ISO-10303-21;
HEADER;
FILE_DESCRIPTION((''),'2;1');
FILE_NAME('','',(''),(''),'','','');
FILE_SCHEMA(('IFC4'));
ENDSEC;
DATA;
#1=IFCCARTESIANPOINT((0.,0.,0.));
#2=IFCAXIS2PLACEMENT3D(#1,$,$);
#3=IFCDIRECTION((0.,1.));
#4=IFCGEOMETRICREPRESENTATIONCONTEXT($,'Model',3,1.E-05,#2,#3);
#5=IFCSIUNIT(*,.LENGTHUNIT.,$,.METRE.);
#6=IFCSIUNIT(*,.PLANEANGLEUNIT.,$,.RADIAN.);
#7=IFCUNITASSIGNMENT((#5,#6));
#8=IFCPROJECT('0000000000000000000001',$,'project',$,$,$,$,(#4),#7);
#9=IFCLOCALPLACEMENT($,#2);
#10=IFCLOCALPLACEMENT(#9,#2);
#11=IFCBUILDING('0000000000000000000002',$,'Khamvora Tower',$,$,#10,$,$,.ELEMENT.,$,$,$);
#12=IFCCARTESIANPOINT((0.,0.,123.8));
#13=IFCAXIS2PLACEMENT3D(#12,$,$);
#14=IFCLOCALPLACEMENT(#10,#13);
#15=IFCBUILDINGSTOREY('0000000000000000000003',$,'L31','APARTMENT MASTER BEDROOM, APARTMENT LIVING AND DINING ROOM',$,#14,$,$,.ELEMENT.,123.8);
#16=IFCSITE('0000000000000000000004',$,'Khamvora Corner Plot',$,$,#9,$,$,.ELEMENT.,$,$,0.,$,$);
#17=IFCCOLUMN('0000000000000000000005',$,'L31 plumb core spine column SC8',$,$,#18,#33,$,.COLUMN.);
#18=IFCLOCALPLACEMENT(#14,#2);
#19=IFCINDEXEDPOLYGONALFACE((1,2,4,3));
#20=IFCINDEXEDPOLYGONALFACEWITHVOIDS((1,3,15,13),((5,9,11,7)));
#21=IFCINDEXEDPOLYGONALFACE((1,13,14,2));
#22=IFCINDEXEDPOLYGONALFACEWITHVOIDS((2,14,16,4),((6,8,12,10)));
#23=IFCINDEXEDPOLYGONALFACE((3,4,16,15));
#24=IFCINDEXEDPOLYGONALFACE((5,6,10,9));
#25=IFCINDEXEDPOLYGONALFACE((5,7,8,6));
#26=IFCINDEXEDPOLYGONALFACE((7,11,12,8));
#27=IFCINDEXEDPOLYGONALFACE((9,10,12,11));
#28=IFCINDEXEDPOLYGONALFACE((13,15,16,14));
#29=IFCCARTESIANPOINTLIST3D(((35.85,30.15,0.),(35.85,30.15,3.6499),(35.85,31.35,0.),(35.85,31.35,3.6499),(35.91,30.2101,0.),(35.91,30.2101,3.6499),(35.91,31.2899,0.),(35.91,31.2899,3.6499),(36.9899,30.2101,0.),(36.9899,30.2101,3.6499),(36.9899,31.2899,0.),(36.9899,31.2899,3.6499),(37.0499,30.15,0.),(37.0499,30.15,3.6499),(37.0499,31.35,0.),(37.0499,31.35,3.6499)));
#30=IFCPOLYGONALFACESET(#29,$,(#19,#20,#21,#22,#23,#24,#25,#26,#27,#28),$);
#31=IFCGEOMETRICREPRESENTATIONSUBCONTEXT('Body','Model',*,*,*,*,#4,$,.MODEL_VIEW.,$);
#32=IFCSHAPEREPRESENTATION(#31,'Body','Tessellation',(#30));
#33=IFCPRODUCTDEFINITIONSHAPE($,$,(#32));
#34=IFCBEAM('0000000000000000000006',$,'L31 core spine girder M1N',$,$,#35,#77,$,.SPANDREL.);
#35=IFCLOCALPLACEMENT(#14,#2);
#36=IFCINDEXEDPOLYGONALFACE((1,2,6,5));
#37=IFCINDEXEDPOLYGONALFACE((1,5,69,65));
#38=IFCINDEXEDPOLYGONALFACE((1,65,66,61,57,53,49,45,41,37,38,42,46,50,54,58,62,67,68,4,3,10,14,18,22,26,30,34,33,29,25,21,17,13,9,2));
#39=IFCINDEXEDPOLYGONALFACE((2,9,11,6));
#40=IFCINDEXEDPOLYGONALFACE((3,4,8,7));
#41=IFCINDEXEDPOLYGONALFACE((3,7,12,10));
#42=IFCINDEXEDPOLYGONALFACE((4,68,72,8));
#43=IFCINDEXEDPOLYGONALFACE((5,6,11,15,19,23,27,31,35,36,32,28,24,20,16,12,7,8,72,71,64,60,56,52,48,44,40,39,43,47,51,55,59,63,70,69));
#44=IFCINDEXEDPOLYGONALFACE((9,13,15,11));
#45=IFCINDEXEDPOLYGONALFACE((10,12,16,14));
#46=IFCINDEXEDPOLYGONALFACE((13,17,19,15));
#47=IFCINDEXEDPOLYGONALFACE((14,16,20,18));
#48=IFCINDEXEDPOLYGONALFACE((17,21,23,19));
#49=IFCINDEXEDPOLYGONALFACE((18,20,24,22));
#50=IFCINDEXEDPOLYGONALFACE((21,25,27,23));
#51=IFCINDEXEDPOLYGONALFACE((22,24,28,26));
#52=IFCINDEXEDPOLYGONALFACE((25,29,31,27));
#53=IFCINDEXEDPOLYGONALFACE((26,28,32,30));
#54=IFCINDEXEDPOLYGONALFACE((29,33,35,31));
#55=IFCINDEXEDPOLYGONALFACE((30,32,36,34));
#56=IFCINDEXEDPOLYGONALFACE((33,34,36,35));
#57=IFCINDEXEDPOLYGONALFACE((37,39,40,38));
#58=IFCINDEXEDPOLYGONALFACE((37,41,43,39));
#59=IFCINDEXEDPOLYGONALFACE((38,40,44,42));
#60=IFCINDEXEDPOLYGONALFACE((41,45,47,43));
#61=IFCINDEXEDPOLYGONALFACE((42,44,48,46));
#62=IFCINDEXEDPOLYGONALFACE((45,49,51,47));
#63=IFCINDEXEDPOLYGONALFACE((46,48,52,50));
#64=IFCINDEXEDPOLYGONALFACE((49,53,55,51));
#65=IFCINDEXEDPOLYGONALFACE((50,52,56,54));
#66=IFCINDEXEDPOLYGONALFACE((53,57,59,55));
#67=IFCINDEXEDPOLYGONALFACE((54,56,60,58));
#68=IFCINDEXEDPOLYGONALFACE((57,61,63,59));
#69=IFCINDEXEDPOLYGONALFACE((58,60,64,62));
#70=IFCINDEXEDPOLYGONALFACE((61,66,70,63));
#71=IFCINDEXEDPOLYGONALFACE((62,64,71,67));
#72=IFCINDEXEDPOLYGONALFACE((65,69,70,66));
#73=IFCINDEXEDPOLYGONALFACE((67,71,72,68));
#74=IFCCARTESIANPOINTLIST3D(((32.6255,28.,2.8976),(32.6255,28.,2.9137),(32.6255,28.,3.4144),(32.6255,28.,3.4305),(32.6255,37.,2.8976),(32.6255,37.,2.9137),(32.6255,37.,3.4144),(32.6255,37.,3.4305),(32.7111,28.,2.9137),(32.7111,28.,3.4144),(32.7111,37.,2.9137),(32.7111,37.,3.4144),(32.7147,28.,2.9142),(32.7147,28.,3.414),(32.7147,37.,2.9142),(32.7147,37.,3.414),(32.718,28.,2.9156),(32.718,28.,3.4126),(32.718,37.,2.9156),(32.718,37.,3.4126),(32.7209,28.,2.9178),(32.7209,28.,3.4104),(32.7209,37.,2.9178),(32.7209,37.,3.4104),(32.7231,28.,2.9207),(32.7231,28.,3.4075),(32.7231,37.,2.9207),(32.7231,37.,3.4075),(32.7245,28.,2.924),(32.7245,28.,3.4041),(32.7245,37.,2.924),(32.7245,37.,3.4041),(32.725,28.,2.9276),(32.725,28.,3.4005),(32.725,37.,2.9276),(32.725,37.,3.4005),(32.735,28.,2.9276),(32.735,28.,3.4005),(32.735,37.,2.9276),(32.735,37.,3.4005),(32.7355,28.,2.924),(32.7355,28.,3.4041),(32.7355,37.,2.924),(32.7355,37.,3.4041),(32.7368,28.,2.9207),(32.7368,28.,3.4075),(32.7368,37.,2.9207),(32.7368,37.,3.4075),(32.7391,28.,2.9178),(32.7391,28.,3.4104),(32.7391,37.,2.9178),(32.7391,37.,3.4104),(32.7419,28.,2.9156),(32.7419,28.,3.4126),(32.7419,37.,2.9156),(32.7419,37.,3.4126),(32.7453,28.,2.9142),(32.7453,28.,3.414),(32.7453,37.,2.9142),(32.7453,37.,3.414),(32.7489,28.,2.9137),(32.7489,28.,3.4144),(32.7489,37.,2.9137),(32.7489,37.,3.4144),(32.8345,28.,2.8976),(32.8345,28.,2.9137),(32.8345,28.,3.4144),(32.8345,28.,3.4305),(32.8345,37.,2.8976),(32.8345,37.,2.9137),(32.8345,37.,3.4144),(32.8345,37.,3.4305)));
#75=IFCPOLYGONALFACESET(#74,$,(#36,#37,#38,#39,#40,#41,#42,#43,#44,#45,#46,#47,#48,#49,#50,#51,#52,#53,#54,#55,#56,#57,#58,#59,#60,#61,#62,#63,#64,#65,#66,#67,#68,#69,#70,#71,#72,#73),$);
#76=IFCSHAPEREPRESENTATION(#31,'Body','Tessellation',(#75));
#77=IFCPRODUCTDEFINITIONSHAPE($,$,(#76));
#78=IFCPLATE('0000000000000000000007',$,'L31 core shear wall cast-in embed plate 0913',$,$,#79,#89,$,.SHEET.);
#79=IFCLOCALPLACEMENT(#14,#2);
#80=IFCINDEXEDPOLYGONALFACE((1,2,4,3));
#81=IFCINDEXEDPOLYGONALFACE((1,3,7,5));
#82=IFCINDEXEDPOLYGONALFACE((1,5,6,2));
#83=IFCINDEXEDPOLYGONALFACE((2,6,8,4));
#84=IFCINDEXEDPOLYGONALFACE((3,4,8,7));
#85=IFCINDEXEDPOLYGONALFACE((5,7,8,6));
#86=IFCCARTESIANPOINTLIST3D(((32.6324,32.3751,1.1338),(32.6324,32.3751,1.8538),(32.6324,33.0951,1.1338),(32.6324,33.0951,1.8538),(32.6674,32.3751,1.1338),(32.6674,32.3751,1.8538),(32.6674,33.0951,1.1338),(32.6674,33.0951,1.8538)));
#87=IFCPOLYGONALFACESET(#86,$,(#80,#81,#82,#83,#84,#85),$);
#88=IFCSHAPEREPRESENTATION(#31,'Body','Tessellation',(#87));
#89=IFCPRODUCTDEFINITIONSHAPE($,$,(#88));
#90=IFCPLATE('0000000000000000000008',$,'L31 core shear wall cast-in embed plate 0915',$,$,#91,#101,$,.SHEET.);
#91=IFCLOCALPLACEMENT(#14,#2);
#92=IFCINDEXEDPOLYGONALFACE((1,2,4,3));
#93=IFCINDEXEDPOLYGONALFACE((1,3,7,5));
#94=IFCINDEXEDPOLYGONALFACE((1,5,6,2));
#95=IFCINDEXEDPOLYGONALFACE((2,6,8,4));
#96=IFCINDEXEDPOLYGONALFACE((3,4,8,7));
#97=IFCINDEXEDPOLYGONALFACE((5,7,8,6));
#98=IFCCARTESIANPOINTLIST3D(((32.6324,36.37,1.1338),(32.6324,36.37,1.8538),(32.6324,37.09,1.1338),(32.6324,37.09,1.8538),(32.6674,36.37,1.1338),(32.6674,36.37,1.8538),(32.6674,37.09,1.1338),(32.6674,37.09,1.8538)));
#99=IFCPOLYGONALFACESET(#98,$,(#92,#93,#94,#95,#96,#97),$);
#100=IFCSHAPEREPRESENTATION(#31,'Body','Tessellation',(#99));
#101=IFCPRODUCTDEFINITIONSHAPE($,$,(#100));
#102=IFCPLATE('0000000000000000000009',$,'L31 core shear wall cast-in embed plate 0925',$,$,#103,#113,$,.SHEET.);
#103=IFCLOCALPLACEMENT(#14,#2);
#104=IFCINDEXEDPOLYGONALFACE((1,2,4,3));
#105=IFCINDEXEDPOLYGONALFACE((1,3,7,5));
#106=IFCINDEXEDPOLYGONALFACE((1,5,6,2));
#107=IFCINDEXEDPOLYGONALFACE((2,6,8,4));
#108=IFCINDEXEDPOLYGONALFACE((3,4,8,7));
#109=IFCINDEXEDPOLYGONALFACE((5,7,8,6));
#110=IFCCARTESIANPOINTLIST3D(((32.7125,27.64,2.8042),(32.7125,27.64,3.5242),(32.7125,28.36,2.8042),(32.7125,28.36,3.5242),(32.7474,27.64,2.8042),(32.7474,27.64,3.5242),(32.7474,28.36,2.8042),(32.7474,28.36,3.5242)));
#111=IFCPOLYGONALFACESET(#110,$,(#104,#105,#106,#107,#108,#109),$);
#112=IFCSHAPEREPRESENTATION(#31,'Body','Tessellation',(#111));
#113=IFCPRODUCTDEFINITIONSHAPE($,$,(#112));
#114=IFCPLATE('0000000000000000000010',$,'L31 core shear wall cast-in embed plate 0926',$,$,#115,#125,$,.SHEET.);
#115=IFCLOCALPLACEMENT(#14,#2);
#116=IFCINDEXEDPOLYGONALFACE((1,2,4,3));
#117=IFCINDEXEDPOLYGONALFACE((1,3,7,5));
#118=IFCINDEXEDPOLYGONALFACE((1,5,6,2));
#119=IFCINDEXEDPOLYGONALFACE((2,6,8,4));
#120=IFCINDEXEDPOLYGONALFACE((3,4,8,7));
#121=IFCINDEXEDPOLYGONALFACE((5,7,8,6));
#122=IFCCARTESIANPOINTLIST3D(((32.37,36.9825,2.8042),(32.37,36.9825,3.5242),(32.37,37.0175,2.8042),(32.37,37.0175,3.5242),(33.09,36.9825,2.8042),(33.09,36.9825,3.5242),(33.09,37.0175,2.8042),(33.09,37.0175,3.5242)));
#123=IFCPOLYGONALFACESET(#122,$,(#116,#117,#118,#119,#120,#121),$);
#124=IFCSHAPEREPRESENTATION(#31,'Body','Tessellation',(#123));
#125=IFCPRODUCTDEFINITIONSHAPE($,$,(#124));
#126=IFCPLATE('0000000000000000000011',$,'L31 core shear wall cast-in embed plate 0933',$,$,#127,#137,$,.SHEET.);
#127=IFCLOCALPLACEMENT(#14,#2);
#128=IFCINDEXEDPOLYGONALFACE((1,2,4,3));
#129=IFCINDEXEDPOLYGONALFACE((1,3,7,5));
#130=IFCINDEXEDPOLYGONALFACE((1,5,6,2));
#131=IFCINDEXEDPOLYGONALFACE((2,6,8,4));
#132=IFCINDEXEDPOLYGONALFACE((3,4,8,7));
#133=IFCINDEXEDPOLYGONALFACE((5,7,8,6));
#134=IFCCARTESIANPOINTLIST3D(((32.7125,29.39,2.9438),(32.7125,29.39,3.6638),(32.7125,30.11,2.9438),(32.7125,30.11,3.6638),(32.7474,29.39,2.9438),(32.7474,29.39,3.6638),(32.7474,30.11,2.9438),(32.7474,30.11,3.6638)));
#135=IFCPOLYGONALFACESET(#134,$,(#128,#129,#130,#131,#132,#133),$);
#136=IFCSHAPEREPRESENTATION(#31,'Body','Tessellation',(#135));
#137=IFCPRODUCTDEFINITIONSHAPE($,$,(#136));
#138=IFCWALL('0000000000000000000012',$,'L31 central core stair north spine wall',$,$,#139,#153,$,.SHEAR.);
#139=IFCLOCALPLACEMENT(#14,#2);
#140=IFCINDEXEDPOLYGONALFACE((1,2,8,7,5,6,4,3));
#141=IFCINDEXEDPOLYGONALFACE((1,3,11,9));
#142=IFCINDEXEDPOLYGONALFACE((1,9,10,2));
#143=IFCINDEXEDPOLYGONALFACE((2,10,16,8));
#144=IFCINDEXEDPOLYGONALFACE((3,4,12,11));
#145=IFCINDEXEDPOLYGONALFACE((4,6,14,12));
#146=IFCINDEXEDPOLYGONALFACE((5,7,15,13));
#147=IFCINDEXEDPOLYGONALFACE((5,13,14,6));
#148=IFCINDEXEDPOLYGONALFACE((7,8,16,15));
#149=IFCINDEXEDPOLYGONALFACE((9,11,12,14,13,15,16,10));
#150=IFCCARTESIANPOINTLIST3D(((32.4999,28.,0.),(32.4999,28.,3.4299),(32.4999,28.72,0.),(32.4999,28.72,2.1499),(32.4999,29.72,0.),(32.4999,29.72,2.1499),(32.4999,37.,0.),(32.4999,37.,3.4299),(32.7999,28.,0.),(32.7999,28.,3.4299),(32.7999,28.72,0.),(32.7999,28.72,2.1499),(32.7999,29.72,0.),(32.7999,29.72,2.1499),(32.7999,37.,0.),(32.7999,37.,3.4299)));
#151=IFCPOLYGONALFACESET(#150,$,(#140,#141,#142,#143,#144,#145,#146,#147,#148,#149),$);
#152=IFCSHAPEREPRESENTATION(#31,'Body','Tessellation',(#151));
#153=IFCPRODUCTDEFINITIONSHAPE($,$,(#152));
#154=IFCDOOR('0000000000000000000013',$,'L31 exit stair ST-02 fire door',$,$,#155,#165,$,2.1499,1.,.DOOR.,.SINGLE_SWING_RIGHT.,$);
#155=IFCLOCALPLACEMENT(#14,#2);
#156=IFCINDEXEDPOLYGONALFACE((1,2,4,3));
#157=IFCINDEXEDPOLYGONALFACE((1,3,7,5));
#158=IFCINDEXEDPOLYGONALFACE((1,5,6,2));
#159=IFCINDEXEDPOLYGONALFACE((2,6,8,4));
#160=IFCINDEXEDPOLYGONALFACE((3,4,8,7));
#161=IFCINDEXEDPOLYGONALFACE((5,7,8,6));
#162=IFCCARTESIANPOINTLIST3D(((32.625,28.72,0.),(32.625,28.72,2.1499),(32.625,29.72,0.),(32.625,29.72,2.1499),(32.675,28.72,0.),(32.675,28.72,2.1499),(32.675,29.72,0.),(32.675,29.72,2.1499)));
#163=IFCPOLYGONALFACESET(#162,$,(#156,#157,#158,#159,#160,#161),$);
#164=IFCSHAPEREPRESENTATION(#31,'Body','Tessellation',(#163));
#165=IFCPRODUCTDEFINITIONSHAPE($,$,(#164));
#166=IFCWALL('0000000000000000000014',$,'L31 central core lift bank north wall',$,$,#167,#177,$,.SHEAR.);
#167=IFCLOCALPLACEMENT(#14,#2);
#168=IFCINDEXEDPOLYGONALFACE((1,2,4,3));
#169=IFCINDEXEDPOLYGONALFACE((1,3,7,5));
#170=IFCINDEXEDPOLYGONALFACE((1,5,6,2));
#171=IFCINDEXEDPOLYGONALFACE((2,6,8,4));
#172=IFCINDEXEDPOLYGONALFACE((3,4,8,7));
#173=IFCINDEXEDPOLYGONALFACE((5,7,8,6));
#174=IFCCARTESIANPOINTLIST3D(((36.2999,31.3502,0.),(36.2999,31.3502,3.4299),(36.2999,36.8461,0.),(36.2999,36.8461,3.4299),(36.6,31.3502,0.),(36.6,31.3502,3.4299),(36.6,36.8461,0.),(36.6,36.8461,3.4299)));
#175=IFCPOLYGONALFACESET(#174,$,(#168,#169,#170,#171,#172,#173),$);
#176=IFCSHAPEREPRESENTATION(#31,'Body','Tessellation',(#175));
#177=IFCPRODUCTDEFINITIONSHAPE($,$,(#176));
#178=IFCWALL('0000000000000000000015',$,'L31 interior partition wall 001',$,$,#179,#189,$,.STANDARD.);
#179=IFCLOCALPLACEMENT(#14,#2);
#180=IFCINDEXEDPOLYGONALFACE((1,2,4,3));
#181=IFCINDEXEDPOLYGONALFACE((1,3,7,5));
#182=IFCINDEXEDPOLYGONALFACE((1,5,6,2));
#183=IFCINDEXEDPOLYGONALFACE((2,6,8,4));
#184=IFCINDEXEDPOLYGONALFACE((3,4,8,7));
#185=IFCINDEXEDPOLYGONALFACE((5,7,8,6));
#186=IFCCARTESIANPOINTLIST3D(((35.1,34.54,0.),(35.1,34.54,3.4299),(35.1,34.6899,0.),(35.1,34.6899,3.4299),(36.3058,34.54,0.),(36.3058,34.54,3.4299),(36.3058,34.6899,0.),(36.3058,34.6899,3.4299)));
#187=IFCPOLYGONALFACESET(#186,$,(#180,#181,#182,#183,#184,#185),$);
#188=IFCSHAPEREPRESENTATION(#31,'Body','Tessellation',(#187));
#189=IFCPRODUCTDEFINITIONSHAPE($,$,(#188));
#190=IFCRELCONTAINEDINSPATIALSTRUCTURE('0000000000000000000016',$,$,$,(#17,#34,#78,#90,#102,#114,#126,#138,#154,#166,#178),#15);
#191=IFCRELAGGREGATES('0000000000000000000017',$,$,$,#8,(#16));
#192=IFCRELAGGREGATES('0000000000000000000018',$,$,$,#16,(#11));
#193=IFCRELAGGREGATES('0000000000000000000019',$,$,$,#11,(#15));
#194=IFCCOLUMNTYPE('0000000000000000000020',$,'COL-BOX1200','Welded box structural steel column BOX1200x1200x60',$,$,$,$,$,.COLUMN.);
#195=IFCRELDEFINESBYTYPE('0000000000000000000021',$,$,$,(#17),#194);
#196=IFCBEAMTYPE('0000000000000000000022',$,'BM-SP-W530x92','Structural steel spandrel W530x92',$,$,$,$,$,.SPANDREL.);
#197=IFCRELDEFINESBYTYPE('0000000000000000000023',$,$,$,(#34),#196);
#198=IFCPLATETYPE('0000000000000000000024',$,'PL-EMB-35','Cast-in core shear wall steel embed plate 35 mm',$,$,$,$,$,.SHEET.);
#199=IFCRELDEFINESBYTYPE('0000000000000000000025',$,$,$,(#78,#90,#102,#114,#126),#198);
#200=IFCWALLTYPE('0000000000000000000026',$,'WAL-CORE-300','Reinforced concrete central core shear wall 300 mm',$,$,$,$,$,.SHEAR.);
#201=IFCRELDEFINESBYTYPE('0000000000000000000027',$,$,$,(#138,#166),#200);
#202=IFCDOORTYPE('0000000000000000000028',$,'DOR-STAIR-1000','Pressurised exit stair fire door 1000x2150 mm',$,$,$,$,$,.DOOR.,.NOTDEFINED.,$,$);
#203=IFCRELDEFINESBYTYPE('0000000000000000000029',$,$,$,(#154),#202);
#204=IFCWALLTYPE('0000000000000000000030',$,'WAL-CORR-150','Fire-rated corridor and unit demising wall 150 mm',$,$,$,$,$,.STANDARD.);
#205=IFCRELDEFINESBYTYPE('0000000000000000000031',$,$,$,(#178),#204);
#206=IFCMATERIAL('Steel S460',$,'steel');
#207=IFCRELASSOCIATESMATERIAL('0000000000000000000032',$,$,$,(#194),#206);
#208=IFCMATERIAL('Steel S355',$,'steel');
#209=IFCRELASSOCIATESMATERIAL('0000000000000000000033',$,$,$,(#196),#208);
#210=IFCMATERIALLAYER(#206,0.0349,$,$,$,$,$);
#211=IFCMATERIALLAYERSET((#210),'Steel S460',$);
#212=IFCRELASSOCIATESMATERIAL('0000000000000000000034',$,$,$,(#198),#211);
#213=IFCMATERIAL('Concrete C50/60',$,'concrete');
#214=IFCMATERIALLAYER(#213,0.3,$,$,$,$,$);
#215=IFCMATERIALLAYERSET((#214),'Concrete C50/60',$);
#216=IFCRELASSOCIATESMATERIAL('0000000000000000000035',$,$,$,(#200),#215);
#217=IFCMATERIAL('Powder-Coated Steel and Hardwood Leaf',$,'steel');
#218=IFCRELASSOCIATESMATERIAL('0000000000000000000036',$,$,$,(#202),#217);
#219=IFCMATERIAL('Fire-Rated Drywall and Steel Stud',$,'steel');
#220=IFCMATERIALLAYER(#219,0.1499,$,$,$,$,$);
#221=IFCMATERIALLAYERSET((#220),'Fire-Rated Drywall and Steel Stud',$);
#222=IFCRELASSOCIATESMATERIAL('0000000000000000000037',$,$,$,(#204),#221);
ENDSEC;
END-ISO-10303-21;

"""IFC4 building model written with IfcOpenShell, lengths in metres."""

from ifc_helpers import new_model, si_unit, direction, frame, frame_2d, origin, origin_2d, place, context, subcontext, project, spatial, rectangle, hollow_rectangle, i_section, extrude, material, layer, layer_set, material_profile, profile_set, type_object, element, fill, save


model = new_model("IFC4")

# Units and contexts
model_context = context("Model", 3, precision=1e-05, world=origin(), true_north=direction((0.0, 1.0)))
body_context = subcontext(model_context, "Body", "Model", "MODEL_VIEW")
ifc_project = project(units=[si_unit("LENGTHUNIT", "METRE"), si_unit("PLANEANGLEUNIT", "RADIAN")], contexts=[model_context])

# Site, building, storey
site_placement = place(None, origin())
site = spatial("IfcSite", under=ifc_project, at=site_placement, Name="Khamvora Corner Plot", CompositionType="ELEMENT", RefElevation=0.0)
building_placement = place(site_placement, origin())
building = spatial("IfcBuilding", under=site, at=building_placement, Name="Khamvora Tower", CompositionType="ELEMENT")
storey_placement = place(building_placement, frame((0.0, 0.0, 123.8)))
storey = spatial("IfcBuildingStorey", under=building, at=storey_placement, Name="L31", Description="APARTMENT MASTER BEDROOM, APARTMENT LIVING AND DINING ROOM", CompositionType="ELEMENT", Elevation=123.8)

# Column
ifc_material_1 = material(Name="Steel S460", Category="steel")
ifc_material_profile_1 = material_profile(ifc_material_1, hollow_rectangle(XDim=1.2, YDim=1.2, WallThickness=0.0601, at=origin_2d()), Name="BOX1200x1200x60")
ifc_profile_set_1 = profile_set([ifc_material_profile_1], Name="Steel S460")
column_type = type_object("IfcColumnType", Name="COL-BOX1200", Description="Welded box structural steel column BOX1200x1200x60", PredefinedType="COLUMN", material=ifc_profile_set_1)
column_placement = place(storey_placement, frame((36.45, 30.75, 0.0), z_axis=(0.0, 0.0, 1.0), x_axis=(1.0, 0.0, 0.0)))
element("IfcColumn", 1, at=column_placement, inside=storey, type_object=column_type, Name="L31 plumb core spine column SC8", PredefinedType="COLUMN", context=body_context, shape_type="SweptSolid", body=[
    extrude(hollow_rectangle(XDim=1.2, YDim=1.2, WallThickness=0.0601, at=origin_2d()), origin(), (0.0, 0.0, 1.0), 3.6499),
])

# Beam
ifc_material_2 = material(Name="Steel S355", Category="steel")
ifc_material_profile_2 = material_profile(ifc_material_2, i_section(OverallWidth=0.209, OverallDepth=0.533, WebThickness=0.01, FlangeThickness=0.0161, FilletRadius=0.0139, at=origin_2d()), Name="W530x92")
ifc_profile_set_2 = profile_set([ifc_material_profile_2], Name="Steel S355")
beam_type = type_object("IfcBeamType", Name="BM-SP-W530x92", Description="Structural steel spandrel W530x92", PredefinedType="SPANDREL", material=ifc_profile_set_2)
beam_placement = place(storey_placement, frame((32.73, 28.0, 3.1641), z_axis=(0.0, 1.0, 0.0), x_axis=(-1.0, 0.0, 0.0)))
element("IfcBeam", 2, at=beam_placement, inside=storey, type_object=beam_type, Name="L31 core spine girder M1N", PredefinedType="SPANDREL", context=body_context, shape_type="SweptSolid", body=[
    extrude(i_section(OverallWidth=0.209, OverallDepth=0.533, WebThickness=0.01, FlangeThickness=0.0161, FilletRadius=0.0139, at=origin_2d()), origin(), (0.0, 0.0, 1.0), 9.0),
])

# Plates
ifc_layer_1 = layer(ifc_material_1, 0.0349)
ifc_layer_set_1 = layer_set([ifc_layer_1], Name="Steel S460")
plate_type = type_object("IfcPlateType", Name="PL-EMB-35", Description="Cast-in core shear wall steel embed plate 35 mm", PredefinedType="SHEET", material=ifc_layer_set_1)
for number, where, z_axis, x_axis, name in (
    (3, (32.6499, 32.7351, 1.1338), (0.0, 0.0, 1.0), (1.0, 0.0, 0.0), "L31 core shear wall cast-in embed plate 0913"),
    (4, (32.6499, 36.73, 1.1338), (0.0, 0.0, 1.0), (1.0, 0.0, 0.0), "L31 core shear wall cast-in embed plate 0915"),
    (5, (32.73, 28.0, 2.8042), (0.0, 0.0, 1.0), (1.0, 0.0, 0.0), "L31 core shear wall cast-in embed plate 0925"),
):
    element("IfcPlate", number, at=place(storey_placement, frame(where, z_axis=z_axis, x_axis=x_axis)), inside=storey, type_object=plate_type, Name=name, PredefinedType="SHEET", context=body_context, shape_type="SweptSolid", body=[
        extrude(rectangle(XDim=0.0349, YDim=0.72, at=origin_2d()), origin(), (0.0, 0.0, 1.0), 0.72),
    ])
plate_1_placement = place(storey_placement, frame((32.73, 37.0, 2.8042), z_axis=(0.0, 0.0, 1.0), x_axis=(1.0, 0.0, 0.0)))
element("IfcPlate", 6, at=plate_1_placement, inside=storey, type_object=plate_type, Name="L31 core shear wall cast-in embed plate 0926", PredefinedType="SHEET", context=body_context, shape_type="SweptSolid", body=[
    extrude(rectangle(XDim=0.72, YDim=0.0349, at=origin_2d()), origin(), (0.0, 0.0, 1.0), 0.72),
])
plate_2_placement = place(storey_placement, frame((32.73, 29.75, 2.9438), z_axis=(0.0, 0.0, 1.0), x_axis=(1.0, 0.0, 0.0)))
element("IfcPlate", 7, at=plate_2_placement, inside=storey, type_object=plate_type, Name="L31 core shear wall cast-in embed plate 0933", PredefinedType="SHEET", context=body_context, shape_type="SweptSolid", body=[
    extrude(rectangle(XDim=0.0349, YDim=0.72, at=origin_2d()), origin(), (0.0, 0.0, 1.0), 0.72),
])

# Wall, opening, door
ifc_material_3 = material(Name="Concrete C50/60", Category="concrete")
ifc_layer_2 = layer(ifc_material_3, 0.3)
ifc_layer_set_2 = layer_set([ifc_layer_2], Name="Concrete C50/60")
wall_type_1 = type_object("IfcWallType", Name="WAL-CORE-300", Description="Reinforced concrete central core shear wall 300 mm", PredefinedType="SHEAR", material=ifc_layer_set_2)
wall_1_placement = place(storey_placement, frame((32.6499, 28.0, 0.0), z_axis=(0.0, 0.0, 1.0), x_axis=(0.0, 1.0, 0.0)))
wall_1 = element("IfcWall", 8, at=wall_1_placement, inside=storey, type_object=wall_type_1, Name="L31 central core stair north spine wall", PredefinedType="SHEAR", context=body_context, shape_type="SweptSolid", body=[
    extrude(rectangle(XDim=9.0, YDim=0.3, at=frame_2d((4.5, 0.0))), origin(), (0.0, 0.0, 1.0), 3.4299),
])
opening_1_placement = place(wall_1_placement, frame((0.72, 0.0, 0.0)))
opening_1 = element("IfcOpeningElement", 9, at=opening_1_placement, cuts=wall_1, PredefinedType="OPENING", context=body_context, shape_type="SweptSolid", body=[
    extrude(rectangle(XDim=1.0, YDim=2.1499, at=frame_2d((0.5, 1.075))), frame((0.0, 0.1599, 0.0), z_axis=(0.0, -1.0, 0.0), x_axis=(1.0, 0.0, 0.0)), (0.0, 0.0, 1.0), 0.3201),
])
ifc_material_4 = material(Name="Powder-Coated Steel and Hardwood Leaf", Category="steel")
door_type_1 = type_object("IfcDoorType", Name="DOR-STAIR-1000", Description="Pressurised exit stair fire door 1000x2150 mm", OperationType="NOTDEFINED", PredefinedType="DOOR", material=ifc_material_4)
door_1_placement = place(opening_1_placement, origin())
door_1 = element("IfcDoor", 10, at=door_1_placement, inside=storey, type_object=door_type_1, Name="L31 exit stair ST-02 fire door", OperationType="SINGLE_SWING_RIGHT", OverallHeight=2.1499, OverallWidth=1.0, PredefinedType="DOOR", context=body_context, shape_type="SweptSolid", body=[
    extrude(rectangle(XDim=1.0, YDim=2.1499, at=frame_2d((0.5, 1.075))), frame((0.0, 0.0249, 0.0), z_axis=(0.0, -1.0, 0.0), x_axis=(1.0, 0.0, 0.0)), (0.0, 0.0, 1.0), 0.05),
])
fill(opening_1, door_1)

# Walls
wall_2_placement = place(storey_placement, frame((36.45, 31.3501, 0.0), z_axis=(0.0, 0.0, 1.0), x_axis=(0.0, 1.0, 0.0)))
element("IfcWall", 11, at=wall_2_placement, inside=storey, type_object=wall_type_1, Name="L31 central core lift bank north wall", PredefinedType="SHEAR", context=body_context, shape_type="SweptSolid", body=[
    extrude(rectangle(XDim=5.4958, YDim=0.3, at=frame_2d((2.748, 0.0))), origin(), (0.0, 0.0, 1.0), 3.4299),
])
ifc_material_5 = material(Name="Fire-Rated Drywall and Steel Stud", Category="steel")
ifc_layer_3 = layer(ifc_material_5, 0.1499)
ifc_layer_set_3 = layer_set([ifc_layer_3], Name="Fire-Rated Drywall and Steel Stud")
wall_type_2 = type_object("IfcWallType", Name="WAL-CORR-150", Description="Fire-rated corridor and unit demising wall 150 mm", PredefinedType="STANDARD", material=ifc_layer_set_3)
wall_3_placement = place(storey_placement, frame((36.3059, 34.615, 0.0), z_axis=(0.0, 0.0, 1.0), x_axis=(-1.0, 0.0, 0.0)))
element("IfcWall", 12, at=wall_3_placement, inside=storey, type_object=wall_type_2, Name="L31 interior partition wall 001", PredefinedType="STANDARD", context=body_context, shape_type="SweptSolid", body=[
    extrude(rectangle(XDim=1.2058, YDim=0.1499, at=frame_2d((0.603, 0.0))), origin(), (0.0, 0.0, 1.0), 3.4299),
])

save(model, "model.ifc")
